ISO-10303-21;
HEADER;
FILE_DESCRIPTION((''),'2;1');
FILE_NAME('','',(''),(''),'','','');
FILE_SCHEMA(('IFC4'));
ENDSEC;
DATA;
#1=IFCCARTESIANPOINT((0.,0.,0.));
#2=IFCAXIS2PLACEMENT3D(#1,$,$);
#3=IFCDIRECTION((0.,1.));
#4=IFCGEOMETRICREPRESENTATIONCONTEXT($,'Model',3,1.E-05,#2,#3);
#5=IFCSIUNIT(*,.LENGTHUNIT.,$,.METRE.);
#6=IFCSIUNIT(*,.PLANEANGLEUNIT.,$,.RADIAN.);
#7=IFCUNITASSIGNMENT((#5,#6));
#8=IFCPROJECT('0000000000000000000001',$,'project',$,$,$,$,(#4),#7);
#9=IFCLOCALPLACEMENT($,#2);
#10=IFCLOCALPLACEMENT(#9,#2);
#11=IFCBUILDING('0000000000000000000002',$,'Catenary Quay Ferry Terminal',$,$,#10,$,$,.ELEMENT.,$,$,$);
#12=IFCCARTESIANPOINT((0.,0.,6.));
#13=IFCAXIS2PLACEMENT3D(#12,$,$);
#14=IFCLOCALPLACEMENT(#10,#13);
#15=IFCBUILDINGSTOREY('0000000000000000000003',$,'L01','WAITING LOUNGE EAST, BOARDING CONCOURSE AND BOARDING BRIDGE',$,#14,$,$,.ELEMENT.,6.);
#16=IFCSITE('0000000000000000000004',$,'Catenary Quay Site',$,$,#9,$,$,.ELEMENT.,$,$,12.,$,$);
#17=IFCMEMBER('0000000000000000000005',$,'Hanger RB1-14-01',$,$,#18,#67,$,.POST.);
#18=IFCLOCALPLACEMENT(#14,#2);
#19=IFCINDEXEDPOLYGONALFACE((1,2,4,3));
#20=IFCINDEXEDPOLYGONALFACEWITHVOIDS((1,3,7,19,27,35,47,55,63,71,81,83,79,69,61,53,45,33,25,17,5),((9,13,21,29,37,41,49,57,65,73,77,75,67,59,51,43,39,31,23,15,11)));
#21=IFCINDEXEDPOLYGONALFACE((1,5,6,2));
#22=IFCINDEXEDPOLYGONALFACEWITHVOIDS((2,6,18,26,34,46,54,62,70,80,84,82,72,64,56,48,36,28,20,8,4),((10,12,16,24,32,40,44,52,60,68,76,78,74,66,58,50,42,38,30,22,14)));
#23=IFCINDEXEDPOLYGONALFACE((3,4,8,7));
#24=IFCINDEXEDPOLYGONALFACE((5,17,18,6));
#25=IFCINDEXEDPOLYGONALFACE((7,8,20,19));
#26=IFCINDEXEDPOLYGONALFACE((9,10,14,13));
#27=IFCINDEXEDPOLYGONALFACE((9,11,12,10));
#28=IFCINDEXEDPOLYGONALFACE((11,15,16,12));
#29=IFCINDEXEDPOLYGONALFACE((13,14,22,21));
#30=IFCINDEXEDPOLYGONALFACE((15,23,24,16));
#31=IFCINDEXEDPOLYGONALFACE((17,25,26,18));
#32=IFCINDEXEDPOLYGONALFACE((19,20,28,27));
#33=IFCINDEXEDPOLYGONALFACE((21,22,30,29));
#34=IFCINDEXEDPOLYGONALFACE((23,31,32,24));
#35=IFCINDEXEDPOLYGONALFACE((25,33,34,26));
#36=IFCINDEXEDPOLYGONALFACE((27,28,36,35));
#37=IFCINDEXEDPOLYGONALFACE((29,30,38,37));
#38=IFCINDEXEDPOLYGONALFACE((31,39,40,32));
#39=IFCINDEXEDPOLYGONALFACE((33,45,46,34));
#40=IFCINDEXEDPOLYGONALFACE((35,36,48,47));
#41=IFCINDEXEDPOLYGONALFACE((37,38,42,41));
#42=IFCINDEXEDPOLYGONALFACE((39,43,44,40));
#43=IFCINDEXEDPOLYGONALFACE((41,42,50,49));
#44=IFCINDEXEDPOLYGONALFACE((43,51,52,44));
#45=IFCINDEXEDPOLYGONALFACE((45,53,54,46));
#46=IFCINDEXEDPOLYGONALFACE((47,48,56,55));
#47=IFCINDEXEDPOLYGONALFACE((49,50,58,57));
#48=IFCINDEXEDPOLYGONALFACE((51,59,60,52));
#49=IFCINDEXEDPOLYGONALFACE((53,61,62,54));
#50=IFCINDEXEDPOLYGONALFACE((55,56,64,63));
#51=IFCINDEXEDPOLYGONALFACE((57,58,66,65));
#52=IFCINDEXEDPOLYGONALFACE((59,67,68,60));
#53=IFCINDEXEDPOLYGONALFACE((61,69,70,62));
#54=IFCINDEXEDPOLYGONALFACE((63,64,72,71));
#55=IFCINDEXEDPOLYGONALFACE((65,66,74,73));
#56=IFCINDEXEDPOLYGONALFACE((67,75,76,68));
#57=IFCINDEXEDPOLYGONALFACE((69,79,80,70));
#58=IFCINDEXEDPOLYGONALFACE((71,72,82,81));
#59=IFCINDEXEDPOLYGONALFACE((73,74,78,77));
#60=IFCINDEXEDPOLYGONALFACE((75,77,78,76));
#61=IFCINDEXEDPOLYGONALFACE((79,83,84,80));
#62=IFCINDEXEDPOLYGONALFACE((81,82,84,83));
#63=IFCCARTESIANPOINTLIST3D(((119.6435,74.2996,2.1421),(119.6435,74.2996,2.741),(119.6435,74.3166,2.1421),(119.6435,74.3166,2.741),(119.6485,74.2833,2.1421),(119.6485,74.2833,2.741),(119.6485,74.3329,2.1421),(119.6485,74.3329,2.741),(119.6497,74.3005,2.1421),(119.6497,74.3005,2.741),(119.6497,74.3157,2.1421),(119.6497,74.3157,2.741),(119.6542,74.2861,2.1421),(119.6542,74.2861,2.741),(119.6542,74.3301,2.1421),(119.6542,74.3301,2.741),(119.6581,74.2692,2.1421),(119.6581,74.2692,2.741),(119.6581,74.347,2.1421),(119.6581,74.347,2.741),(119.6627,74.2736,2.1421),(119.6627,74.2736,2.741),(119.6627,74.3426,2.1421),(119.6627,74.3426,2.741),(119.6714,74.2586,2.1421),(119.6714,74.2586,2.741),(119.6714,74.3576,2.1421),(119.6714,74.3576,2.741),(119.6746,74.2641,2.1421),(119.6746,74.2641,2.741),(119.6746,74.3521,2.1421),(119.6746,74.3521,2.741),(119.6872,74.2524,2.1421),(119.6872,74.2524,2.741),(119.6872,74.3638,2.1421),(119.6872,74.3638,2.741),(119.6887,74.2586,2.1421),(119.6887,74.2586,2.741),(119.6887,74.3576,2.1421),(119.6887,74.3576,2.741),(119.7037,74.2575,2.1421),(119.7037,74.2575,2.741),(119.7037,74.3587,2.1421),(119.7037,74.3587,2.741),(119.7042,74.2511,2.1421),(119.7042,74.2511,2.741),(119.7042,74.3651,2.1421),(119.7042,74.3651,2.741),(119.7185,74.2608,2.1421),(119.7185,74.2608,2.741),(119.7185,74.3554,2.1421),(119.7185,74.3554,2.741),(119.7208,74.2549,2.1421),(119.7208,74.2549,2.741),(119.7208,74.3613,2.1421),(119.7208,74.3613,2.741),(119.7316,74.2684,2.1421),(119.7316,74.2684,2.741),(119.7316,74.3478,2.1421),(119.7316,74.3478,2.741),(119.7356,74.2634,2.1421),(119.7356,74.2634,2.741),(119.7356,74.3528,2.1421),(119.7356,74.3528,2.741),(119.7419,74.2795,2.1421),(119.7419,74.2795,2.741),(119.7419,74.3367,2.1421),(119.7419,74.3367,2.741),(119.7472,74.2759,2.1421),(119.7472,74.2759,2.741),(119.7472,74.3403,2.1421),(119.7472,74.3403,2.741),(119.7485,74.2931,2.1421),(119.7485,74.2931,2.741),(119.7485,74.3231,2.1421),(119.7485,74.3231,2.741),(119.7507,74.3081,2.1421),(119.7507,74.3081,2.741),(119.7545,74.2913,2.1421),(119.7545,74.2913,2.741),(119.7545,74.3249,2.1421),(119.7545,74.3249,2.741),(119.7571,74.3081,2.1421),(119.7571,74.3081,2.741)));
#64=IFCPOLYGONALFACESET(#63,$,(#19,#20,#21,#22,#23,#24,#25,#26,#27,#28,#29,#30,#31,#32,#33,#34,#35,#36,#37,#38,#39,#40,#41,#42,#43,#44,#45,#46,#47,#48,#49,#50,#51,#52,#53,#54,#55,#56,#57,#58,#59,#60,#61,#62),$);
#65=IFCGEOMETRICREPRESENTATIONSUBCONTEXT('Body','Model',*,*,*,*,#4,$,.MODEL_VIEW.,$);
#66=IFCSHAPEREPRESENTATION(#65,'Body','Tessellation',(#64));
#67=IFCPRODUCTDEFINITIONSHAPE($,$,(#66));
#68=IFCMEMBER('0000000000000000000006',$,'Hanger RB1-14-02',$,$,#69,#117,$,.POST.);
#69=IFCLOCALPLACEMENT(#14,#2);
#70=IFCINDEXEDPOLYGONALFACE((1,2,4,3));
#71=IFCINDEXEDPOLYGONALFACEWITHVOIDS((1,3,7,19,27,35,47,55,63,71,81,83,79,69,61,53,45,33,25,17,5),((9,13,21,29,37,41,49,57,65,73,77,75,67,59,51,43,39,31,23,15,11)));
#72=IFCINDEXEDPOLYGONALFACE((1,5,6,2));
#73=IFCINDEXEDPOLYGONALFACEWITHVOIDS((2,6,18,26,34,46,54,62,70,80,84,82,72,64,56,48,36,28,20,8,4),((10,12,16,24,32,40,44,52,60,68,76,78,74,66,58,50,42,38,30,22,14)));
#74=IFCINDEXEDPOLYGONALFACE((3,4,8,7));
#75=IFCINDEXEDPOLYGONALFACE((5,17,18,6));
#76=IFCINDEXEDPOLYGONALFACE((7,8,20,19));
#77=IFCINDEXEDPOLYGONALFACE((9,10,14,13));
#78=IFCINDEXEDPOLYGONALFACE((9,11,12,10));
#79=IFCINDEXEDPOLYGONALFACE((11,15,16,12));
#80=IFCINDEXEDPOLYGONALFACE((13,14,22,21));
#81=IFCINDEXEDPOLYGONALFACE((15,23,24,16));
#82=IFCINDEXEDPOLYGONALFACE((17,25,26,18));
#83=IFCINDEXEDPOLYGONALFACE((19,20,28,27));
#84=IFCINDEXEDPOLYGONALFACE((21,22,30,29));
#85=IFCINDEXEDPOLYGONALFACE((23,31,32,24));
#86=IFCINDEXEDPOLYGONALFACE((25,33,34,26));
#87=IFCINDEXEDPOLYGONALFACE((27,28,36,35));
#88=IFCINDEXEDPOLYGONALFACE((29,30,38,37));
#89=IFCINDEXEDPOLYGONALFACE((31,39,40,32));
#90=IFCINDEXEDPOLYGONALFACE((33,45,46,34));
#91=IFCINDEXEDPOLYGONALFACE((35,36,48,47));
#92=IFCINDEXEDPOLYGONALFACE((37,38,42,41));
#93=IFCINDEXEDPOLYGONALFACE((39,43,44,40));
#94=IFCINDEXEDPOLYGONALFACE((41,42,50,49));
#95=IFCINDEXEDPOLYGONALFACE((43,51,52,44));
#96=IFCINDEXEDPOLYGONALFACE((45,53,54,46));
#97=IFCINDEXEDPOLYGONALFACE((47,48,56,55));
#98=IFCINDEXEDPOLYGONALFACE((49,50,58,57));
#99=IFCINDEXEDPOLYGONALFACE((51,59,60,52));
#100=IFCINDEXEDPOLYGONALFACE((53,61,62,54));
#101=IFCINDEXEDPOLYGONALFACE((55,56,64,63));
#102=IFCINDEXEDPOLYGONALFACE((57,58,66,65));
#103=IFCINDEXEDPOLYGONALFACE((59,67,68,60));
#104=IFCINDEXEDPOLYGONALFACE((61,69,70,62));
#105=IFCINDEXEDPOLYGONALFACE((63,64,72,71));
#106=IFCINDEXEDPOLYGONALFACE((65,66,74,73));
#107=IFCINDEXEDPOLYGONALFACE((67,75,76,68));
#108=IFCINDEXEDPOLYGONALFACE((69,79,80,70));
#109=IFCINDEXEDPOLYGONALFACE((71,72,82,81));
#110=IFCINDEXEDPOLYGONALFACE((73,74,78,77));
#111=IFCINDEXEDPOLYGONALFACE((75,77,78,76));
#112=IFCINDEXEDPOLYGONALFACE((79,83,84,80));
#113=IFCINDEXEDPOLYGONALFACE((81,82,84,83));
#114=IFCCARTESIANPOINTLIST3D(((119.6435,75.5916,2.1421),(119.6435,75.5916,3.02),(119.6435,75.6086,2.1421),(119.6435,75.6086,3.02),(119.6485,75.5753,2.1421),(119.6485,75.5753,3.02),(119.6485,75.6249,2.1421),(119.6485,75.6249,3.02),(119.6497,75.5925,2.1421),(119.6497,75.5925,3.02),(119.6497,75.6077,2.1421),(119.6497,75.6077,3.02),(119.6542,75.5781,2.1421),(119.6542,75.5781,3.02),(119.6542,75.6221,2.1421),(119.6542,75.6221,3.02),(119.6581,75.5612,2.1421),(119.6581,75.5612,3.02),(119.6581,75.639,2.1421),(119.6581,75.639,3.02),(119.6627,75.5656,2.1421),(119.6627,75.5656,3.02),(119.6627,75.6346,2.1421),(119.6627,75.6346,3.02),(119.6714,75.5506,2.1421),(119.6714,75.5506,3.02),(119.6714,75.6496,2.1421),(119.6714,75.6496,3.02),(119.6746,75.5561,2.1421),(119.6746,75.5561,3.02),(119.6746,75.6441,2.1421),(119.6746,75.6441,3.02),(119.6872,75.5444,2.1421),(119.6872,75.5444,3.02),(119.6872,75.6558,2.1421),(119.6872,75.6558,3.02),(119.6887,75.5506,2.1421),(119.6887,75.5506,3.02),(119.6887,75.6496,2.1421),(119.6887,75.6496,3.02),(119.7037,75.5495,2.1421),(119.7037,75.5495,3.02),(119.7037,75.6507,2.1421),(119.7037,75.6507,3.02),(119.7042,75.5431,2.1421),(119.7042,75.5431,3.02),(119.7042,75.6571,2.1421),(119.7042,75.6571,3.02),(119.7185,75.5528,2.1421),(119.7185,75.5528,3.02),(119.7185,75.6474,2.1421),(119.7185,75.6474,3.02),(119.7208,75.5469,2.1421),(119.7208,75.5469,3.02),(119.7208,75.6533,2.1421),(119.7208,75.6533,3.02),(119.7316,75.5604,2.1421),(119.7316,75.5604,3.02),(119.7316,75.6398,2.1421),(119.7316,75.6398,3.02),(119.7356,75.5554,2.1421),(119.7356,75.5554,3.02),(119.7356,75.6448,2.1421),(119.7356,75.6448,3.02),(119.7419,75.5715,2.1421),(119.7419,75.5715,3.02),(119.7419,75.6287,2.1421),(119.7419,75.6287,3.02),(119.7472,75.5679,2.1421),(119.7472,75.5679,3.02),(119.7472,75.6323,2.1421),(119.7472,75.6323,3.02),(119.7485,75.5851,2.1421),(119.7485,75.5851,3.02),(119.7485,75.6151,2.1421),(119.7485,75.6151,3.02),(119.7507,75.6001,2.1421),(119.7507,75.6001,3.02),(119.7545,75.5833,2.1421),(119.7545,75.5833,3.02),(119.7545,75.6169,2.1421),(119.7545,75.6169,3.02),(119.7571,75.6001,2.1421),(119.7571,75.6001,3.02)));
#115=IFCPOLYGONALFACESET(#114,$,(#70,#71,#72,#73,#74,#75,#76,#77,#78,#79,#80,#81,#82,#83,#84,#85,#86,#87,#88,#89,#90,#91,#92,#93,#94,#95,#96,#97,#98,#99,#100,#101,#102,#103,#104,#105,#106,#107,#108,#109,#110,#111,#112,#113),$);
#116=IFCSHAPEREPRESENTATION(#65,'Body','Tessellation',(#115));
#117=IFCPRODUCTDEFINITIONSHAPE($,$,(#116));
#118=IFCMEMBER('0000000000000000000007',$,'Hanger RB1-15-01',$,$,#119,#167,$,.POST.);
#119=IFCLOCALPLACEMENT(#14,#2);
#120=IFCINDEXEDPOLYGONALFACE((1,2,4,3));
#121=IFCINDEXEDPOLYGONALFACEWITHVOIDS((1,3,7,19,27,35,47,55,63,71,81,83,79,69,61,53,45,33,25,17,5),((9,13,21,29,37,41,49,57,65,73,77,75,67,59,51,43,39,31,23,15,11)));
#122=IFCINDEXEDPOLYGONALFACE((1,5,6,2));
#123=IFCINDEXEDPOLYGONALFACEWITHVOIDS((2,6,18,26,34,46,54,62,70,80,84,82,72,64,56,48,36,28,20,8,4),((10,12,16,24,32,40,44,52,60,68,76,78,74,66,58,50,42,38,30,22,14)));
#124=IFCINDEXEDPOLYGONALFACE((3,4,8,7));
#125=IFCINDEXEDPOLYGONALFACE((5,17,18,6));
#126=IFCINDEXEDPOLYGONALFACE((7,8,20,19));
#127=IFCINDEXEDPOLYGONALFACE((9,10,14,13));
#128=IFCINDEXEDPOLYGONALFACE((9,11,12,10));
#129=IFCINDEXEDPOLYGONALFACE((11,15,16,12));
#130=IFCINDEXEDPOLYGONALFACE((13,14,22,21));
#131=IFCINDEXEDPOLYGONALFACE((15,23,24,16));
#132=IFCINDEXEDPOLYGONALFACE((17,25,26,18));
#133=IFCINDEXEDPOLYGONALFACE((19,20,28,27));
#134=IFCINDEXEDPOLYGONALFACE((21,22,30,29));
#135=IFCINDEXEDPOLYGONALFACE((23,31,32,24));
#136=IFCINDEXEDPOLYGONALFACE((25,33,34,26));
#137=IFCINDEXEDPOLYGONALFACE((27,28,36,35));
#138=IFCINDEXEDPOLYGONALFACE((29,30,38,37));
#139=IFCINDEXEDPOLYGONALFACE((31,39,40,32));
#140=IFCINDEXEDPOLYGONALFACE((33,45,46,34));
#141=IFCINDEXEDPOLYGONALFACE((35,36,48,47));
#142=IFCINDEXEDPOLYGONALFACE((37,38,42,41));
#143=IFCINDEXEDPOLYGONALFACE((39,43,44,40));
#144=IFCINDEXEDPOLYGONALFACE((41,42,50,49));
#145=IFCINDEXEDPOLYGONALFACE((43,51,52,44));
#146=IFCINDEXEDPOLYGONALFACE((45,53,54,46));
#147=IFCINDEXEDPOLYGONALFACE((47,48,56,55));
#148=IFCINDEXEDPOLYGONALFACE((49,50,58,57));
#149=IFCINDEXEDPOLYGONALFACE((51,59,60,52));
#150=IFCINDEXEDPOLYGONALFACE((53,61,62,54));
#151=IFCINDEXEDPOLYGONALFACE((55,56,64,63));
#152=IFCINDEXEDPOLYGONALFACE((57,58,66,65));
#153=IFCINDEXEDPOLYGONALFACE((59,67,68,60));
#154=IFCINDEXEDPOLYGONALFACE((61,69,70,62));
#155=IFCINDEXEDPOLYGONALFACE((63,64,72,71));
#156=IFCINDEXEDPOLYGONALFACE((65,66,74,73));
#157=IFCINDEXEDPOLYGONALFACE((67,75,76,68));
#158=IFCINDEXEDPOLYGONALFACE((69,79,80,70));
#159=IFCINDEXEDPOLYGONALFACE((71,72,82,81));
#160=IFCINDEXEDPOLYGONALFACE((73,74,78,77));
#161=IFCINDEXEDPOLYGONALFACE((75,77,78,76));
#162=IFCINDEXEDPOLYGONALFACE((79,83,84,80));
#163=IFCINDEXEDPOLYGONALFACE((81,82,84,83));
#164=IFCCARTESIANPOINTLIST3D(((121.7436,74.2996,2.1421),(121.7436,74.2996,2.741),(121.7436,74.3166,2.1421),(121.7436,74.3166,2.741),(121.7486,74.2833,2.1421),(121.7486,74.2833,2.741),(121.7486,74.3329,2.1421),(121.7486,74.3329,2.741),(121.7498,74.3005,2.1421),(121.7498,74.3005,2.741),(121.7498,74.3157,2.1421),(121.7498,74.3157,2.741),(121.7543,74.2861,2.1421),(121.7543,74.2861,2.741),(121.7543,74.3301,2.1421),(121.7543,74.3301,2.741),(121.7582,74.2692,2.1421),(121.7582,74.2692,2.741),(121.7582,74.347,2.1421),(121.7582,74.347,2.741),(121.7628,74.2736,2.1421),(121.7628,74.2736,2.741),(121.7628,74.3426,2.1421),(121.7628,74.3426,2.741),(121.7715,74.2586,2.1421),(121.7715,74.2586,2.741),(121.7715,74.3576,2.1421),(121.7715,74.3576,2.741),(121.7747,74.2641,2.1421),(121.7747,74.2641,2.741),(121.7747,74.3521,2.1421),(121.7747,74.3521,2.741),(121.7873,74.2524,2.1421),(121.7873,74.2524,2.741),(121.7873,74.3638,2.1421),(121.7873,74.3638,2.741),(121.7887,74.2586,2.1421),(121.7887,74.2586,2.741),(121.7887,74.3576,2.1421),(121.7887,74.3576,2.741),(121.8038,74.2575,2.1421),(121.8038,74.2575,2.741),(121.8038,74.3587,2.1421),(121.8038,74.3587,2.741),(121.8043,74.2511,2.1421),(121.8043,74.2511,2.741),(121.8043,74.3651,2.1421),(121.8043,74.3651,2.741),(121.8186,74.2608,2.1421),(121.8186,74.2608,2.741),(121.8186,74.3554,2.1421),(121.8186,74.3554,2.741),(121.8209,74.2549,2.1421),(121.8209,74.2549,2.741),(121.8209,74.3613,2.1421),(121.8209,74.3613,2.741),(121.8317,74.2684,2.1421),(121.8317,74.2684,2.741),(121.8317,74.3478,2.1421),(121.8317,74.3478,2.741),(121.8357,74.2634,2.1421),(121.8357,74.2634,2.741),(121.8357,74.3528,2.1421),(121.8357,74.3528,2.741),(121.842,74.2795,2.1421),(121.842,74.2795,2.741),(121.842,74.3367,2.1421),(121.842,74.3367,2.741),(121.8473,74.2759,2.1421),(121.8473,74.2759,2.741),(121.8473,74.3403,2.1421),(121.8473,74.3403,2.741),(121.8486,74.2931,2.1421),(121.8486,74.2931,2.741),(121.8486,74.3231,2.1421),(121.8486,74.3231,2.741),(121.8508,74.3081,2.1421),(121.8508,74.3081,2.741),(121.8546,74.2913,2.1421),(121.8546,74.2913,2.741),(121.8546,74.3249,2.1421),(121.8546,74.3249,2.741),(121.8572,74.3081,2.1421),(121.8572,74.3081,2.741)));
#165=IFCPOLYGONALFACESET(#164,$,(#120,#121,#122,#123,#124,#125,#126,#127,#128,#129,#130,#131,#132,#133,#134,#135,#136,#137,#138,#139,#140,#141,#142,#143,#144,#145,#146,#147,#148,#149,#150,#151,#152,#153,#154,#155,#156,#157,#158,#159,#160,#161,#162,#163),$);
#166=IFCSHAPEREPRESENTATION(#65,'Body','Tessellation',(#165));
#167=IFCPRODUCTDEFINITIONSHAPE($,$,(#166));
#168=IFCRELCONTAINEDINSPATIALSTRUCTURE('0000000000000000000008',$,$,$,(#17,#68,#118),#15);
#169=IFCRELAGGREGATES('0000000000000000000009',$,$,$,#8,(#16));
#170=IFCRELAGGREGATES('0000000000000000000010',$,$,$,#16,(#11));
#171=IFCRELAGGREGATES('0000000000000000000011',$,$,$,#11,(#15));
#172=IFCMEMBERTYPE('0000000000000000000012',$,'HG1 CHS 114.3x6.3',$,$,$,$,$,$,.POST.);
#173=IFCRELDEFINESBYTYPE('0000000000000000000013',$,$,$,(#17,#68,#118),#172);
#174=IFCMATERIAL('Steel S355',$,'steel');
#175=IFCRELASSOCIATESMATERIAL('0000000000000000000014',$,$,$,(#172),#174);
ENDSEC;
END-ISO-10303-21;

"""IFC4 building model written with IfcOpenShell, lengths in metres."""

from ifc_helpers import new_model, si_unit, direction, frame, origin, origin_2d, place, context, subcontext, project, spatial, hollow_circle, extrude, material, material_profile, profile_set, type_object, element, save


model = new_model("IFC4")

# Units and contexts
model_context = context("Model", 3, precision=1e-05, world=origin(), true_north=direction((0.0, 1.0)))
body_context = subcontext(model_context, "Body", "Model", "MODEL_VIEW")
ifc_project = project(units=[si_unit("LENGTHUNIT", "METRE"), si_unit("PLANEANGLEUNIT", "RADIAN")], contexts=[model_context])

# Site, building, storey
site_placement = place(None, origin())
site = spatial("IfcSite", under=ifc_project, at=site_placement, Name="Catenary Quay Site", CompositionType="ELEMENT", RefElevation=12.0)
building_placement = place(site_placement, origin())
building = spatial("IfcBuilding", under=site, at=building_placement, Name="Catenary Quay Ferry Terminal", CompositionType="ELEMENT")
storey_placement = place(building_placement, frame((0.0, 0.0, 6.0)))
storey = spatial("IfcBuildingStorey", under=building, at=storey_placement, Name="L01", Description="WAITING LOUNGE EAST, BOARDING CONCOURSE AND BOARDING BRIDGE", CompositionType="ELEMENT", Elevation=6.0)

# Members
ifc_material_1 = material(Name="Steel S355", Category="steel")
ifc_material_profile_1 = material_profile(ifc_material_1, hollow_circle(Radius=0.0571, WallThickness=0.0063, at=origin_2d()), Name="CHS 114.3x6.3")
ifc_profile_set_1 = profile_set([ifc_material_profile_1], Name="Steel S355")
member_type_1 = type_object("IfcMemberType", Name="HG1 CHS 114.3x6.3", PredefinedType="POST", material=ifc_profile_set_1)
member_1_placement = place(storey_placement, frame((119.7, 74.3081, 2.1421), z_axis=(0.0, 0.0, 1.0), x_axis=(1.0, 0.0, 0.0)))
element("IfcMember", 1, at=member_1_placement, inside=storey, type_object=member_type_1, Name="Hanger RB1-14-01", PredefinedType="POST", context=body_context, shape_type="SweptSolid", body=[
    extrude(hollow_circle(Radius=0.0571, WallThickness=0.0063, at=origin_2d()), origin(), (0.0, 0.0, 1.0), 0.5989),
])
member_2_placement = place(storey_placement, frame((119.7, 75.6001, 2.1421), z_axis=(0.0, 0.0, 1.0), x_axis=(1.0, 0.0, 0.0)))
element("IfcMember", 2, at=member_2_placement, inside=storey, type_object=member_type_1, Name="Hanger RB1-14-02", PredefinedType="POST", context=body_context, shape_type="SweptSolid", body=[
    extrude(hollow_circle(Radius=0.0571, WallThickness=0.0063, at=origin_2d()), origin(), (0.0, 0.0, 1.0), 0.8779),
])
member_3_placement = place(storey_placement, frame((121.8, 74.3081, 2.1421), z_axis=(0.0, 0.0, 1.0), x_axis=(1.0, 0.0, 0.0)))
element("IfcMember", 3, at=member_3_placement, inside=storey, type_object=member_type_1, Name="Hanger RB1-15-01", PredefinedType="POST", context=body_context, shape_type="SweptSolid", body=[
    extrude(hollow_circle(Radius=0.0571, WallThickness=0.0063, at=origin_2d()), origin(), (0.0, 0.0, 1.0), 0.5989),
])

save(model, "model.ifc")
